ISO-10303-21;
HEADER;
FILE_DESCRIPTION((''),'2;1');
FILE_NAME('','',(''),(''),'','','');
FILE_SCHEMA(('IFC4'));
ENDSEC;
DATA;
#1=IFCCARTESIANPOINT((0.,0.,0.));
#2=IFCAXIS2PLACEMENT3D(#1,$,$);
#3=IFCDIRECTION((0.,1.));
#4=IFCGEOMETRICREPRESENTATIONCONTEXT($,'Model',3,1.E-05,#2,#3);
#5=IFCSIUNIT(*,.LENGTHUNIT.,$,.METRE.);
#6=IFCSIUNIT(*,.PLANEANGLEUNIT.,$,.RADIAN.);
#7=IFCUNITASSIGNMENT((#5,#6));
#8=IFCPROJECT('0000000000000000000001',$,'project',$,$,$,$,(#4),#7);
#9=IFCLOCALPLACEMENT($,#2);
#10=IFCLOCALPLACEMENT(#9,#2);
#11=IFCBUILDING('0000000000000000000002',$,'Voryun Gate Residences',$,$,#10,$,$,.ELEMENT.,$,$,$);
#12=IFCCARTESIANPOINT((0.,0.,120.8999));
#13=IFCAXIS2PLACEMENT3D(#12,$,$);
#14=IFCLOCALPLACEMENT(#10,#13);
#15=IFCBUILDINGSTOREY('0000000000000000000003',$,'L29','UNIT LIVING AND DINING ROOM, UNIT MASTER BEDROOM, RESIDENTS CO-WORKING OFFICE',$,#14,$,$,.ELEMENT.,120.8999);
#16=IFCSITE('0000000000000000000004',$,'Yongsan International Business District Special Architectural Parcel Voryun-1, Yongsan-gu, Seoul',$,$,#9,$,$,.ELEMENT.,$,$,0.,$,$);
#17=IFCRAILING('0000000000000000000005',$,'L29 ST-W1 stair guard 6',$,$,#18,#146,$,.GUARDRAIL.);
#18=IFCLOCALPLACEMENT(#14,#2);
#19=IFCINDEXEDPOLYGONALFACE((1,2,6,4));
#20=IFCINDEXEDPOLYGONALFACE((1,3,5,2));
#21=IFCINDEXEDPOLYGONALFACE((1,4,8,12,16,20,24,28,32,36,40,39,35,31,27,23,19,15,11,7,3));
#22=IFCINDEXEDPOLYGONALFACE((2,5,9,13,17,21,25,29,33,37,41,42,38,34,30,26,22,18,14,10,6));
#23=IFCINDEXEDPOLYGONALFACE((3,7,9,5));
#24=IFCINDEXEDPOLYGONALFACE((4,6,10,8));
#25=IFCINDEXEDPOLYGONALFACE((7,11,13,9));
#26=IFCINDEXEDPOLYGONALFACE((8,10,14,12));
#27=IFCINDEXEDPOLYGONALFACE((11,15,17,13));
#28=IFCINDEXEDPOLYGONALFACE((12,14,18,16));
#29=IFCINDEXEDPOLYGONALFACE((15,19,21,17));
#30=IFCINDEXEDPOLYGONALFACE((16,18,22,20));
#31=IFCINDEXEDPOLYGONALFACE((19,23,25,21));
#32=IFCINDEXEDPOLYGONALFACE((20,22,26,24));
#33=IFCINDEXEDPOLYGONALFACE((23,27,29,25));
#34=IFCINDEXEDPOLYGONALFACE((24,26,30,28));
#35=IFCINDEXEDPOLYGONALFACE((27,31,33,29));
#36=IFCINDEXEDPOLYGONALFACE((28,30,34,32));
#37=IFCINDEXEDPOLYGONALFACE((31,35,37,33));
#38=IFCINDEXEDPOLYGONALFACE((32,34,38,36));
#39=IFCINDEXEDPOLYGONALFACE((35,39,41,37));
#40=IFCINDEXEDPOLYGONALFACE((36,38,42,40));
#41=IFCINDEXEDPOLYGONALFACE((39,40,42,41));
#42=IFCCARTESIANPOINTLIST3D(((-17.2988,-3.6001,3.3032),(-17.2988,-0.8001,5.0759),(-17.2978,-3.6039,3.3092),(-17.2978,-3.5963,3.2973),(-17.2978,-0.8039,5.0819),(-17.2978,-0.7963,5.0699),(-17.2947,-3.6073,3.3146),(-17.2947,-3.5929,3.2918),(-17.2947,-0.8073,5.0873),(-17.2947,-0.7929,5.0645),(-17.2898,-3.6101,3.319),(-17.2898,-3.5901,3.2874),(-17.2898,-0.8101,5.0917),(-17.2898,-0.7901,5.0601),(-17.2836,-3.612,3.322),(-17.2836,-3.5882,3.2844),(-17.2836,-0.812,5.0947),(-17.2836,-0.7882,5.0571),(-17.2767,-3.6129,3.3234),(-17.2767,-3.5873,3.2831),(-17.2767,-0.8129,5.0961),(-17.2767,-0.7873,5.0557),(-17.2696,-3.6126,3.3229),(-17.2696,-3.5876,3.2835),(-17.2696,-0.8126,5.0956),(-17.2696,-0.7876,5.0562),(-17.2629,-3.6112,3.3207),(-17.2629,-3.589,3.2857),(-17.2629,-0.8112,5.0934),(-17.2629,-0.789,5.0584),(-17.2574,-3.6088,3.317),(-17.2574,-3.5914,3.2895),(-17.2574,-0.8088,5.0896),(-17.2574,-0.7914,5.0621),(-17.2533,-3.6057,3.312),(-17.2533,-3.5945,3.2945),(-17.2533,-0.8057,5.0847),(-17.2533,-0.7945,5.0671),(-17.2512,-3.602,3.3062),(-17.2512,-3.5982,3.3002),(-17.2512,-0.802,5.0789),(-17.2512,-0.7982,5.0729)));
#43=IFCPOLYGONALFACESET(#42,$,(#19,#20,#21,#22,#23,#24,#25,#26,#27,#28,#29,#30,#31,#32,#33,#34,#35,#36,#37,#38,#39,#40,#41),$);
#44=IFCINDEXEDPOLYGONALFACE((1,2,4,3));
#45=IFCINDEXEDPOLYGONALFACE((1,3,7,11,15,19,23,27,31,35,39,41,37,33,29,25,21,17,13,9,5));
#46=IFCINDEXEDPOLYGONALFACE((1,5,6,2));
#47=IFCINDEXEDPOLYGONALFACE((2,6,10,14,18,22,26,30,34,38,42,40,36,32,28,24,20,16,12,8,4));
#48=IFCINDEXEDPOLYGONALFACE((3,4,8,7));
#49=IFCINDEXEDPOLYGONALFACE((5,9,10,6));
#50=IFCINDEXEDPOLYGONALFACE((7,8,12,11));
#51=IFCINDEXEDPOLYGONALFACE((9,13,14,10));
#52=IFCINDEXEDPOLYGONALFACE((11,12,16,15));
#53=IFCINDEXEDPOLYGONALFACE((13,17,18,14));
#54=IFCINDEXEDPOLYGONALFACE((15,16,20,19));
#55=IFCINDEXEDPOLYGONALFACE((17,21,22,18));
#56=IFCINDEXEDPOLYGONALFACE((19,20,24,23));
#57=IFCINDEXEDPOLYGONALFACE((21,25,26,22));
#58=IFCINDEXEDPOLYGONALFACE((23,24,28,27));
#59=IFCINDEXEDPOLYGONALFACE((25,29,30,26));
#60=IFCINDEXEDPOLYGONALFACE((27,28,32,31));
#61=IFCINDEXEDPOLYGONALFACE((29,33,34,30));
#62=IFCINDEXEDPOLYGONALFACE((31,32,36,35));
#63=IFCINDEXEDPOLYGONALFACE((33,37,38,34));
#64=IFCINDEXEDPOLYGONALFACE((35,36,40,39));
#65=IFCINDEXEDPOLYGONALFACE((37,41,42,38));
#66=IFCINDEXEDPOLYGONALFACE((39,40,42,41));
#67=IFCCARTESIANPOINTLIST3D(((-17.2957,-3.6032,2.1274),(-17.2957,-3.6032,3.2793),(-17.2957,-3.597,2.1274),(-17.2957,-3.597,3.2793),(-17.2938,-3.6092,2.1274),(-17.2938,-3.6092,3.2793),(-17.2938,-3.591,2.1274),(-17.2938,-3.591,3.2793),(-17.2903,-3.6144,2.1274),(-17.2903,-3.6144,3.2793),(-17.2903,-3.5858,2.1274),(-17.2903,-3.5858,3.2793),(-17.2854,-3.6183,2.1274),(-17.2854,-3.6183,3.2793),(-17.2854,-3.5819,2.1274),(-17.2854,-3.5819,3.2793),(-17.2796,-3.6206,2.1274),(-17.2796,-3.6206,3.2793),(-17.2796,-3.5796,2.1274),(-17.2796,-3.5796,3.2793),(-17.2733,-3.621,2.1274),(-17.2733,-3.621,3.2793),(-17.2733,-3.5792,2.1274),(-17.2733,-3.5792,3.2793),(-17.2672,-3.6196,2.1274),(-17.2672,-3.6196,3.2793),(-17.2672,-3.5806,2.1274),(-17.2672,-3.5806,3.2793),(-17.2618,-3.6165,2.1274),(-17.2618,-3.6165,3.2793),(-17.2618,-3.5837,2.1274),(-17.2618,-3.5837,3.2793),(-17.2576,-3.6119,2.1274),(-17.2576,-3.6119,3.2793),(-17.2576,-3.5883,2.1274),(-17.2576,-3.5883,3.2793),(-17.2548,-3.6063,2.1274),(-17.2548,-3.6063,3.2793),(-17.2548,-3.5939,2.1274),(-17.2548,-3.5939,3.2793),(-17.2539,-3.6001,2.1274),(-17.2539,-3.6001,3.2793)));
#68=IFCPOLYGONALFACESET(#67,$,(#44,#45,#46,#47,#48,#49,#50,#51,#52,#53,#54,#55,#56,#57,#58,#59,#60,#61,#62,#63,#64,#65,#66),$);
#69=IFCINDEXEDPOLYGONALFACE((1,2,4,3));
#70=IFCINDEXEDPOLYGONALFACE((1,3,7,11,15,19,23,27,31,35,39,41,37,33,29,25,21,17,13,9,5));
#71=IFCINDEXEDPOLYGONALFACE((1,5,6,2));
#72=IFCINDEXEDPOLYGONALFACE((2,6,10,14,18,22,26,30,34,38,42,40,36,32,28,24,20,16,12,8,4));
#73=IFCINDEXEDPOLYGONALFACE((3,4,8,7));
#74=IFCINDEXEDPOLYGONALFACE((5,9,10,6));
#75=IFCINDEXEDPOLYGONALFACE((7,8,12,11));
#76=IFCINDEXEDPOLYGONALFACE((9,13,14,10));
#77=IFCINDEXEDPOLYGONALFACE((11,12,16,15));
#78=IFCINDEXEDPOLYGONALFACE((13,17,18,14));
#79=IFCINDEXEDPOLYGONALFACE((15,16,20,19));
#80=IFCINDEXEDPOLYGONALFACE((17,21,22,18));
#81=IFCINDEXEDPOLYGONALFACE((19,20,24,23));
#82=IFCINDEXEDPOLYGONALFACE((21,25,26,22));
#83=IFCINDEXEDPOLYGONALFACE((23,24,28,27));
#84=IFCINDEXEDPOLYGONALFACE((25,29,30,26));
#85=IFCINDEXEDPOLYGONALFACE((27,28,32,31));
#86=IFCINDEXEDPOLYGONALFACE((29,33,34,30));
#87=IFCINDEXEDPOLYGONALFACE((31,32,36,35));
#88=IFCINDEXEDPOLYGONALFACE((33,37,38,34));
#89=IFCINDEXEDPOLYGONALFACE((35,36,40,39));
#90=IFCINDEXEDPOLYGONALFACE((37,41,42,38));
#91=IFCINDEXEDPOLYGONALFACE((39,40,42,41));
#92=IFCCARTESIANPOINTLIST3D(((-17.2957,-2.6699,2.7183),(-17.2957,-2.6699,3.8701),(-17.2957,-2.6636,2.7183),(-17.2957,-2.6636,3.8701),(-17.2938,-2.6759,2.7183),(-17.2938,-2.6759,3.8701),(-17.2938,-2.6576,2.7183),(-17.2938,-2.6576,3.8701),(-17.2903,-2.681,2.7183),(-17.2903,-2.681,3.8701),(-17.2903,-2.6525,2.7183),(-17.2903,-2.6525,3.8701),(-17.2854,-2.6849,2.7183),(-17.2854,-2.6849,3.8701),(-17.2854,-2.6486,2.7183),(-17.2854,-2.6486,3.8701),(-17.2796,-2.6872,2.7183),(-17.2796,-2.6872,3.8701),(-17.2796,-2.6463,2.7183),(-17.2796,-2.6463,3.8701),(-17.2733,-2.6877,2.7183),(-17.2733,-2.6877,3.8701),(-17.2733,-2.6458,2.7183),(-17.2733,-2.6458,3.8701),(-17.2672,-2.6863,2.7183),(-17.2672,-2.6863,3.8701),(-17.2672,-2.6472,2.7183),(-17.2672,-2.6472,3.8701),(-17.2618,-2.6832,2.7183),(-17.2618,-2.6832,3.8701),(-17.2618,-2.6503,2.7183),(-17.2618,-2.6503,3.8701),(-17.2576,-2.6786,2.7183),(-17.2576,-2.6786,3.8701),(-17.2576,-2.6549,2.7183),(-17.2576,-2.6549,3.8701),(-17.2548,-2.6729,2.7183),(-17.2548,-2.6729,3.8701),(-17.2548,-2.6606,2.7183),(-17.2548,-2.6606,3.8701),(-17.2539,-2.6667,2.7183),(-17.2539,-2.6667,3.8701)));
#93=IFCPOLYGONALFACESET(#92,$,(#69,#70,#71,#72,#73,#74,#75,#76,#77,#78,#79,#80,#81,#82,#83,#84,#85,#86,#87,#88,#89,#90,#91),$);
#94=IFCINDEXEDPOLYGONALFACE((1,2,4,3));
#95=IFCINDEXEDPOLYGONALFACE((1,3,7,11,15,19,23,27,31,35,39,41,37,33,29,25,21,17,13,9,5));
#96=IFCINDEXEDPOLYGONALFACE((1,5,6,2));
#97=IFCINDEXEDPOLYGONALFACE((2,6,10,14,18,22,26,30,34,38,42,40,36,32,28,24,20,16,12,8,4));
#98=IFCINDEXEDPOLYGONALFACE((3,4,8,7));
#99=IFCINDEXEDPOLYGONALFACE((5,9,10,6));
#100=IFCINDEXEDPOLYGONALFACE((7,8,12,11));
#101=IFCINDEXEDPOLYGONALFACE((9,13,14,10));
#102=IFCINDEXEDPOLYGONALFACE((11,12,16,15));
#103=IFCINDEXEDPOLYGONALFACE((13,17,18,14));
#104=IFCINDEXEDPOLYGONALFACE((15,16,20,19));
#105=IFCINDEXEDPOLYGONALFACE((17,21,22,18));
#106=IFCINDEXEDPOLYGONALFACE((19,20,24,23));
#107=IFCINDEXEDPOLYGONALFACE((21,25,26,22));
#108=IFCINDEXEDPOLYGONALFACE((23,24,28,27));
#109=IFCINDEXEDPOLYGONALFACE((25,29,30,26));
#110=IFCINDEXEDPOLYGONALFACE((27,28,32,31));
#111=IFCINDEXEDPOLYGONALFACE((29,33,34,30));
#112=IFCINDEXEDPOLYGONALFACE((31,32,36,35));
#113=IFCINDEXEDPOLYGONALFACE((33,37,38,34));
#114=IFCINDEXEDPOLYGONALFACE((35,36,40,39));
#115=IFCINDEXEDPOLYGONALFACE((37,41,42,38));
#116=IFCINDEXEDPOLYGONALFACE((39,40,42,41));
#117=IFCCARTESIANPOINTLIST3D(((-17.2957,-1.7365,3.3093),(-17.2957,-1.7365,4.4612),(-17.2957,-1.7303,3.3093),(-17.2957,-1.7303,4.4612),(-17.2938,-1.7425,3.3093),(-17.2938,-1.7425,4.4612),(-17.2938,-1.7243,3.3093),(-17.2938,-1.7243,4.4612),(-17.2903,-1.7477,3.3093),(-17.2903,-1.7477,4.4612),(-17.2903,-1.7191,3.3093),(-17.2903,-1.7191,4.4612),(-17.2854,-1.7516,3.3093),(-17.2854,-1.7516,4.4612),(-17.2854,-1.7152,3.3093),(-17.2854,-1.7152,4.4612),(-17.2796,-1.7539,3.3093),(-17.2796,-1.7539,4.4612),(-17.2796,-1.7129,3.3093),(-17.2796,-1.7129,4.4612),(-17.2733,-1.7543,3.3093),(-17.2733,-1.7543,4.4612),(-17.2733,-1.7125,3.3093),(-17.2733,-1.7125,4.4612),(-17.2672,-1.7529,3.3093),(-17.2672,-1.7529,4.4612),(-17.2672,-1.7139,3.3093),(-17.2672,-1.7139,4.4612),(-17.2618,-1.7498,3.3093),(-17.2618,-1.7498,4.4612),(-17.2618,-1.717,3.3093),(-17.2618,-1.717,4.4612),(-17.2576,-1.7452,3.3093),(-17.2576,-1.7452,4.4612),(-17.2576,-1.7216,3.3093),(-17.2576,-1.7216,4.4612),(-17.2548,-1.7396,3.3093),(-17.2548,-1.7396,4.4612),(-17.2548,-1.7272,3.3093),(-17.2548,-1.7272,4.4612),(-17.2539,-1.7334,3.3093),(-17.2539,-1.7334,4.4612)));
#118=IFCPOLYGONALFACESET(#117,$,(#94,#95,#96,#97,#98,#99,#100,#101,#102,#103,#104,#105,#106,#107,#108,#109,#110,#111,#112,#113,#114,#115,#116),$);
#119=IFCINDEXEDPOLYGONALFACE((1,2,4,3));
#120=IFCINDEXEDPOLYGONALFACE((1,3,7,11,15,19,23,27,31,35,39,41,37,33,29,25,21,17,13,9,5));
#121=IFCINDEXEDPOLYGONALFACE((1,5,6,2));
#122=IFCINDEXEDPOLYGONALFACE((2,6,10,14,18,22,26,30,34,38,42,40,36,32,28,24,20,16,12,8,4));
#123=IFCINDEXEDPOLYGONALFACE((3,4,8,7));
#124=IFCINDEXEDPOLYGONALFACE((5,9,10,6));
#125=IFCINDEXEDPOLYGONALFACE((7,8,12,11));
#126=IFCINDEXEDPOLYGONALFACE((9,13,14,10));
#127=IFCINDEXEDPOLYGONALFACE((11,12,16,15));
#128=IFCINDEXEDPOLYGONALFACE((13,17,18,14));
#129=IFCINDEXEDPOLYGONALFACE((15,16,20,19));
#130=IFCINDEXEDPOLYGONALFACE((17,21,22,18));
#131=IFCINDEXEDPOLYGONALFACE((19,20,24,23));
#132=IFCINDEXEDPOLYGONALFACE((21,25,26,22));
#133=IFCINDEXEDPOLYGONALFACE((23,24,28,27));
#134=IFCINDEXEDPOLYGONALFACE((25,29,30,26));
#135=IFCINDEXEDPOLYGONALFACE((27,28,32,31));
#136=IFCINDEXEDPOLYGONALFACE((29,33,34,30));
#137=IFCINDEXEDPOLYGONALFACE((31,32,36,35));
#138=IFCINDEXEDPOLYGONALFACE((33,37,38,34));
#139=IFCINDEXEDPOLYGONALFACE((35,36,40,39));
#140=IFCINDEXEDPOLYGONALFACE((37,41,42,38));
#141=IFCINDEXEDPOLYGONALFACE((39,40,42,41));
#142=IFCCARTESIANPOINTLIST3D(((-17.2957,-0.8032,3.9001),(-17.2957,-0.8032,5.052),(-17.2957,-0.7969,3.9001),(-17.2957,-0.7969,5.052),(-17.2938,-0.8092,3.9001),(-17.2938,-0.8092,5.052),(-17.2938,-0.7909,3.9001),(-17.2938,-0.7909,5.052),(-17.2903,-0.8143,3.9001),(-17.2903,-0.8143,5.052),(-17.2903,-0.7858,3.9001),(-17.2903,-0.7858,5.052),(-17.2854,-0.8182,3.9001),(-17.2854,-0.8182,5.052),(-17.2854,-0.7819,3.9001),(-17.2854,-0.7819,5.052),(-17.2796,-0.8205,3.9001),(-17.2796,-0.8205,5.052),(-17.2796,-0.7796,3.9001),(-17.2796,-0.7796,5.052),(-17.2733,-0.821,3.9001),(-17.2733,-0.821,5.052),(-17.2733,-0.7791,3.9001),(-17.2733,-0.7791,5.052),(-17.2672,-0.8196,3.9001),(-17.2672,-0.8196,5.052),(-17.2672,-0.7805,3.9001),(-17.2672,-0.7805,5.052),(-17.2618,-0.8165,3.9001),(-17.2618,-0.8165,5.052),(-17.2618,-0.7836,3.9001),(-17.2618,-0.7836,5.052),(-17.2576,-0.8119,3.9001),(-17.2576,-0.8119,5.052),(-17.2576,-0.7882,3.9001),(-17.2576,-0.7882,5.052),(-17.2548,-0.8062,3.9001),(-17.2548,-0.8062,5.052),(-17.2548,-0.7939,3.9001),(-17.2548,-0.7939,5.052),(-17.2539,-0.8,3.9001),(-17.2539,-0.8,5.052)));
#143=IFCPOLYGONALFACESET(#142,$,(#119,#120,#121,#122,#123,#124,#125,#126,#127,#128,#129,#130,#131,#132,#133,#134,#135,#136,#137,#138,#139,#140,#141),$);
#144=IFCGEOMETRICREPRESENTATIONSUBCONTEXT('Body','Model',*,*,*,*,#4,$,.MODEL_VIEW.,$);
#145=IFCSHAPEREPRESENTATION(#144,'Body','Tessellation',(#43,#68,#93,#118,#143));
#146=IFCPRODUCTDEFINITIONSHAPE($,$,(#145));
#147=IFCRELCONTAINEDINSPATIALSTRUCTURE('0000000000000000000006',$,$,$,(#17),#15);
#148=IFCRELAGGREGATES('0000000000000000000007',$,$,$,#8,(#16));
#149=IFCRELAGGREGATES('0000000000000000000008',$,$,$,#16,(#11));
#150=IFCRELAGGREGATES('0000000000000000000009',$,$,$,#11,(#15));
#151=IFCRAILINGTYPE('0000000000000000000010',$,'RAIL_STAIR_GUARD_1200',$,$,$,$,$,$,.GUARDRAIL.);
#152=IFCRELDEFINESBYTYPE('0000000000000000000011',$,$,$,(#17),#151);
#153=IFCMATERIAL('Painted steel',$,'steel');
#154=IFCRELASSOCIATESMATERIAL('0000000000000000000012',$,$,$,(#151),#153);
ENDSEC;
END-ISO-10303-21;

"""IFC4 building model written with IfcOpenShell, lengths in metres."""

from ifc_helpers import new_model, si_unit, direction, frame, origin, origin_2d, place, context, subcontext, project, spatial, circle, extrude, material, type_object, element, save


model = new_model("IFC4")

# Units and contexts
model_context = context("Model", 3, precision=1e-05, world=origin(), true_north=direction((0.0, 1.0)))
body_context = subcontext(model_context, "Body", "Model", "MODEL_VIEW")
ifc_project = project(units=[si_unit("LENGTHUNIT", "METRE"), si_unit("PLANEANGLEUNIT", "RADIAN")], contexts=[model_context])

# Site, building, storey
site_placement = place(None, origin())
site = spatial("IfcSite", under=ifc_project, at=site_placement, Name="Yongsan International Business District Special Architectural Parcel Voryun-1, Yongsan-gu, Seoul", CompositionType="ELEMENT", RefElevation=0.0)
building_placement = place(site_placement, origin())
building = spatial("IfcBuilding", under=site, at=building_placement, Name="Voryun Gate Residences", CompositionType="ELEMENT")
storey_placement = place(building_placement, frame((0.0, 0.0, 120.8999)))
storey = spatial("IfcBuildingStorey", under=building, at=storey_placement, Name="L29", Description="UNIT LIVING AND DINING ROOM, UNIT MASTER BEDROOM, RESIDENTS CO-WORKING OFFICE", CompositionType="ELEMENT", Elevation=120.8999)

# Railing
ifc_material_1 = material(Name="Painted steel", Category="steel")
railing_type_1 = type_object("IfcRailingType", Name="RAIL_STAIR_GUARD_1200", PredefinedType="GUARDRAIL", material=ifc_material_1)
railing_1_placement = place(storey_placement, frame((-17.2749, -3.6001, 2.1274)))
element("IfcRailing", 1, at=railing_1_placement, inside=storey, type_object=railing_type_1, Name="L29 ST-W1 stair guard 6", PredefinedType="GUARDRAIL", context=body_context, shape_type="SweptSolid", body=[
    extrude(circle(Radius=0.0239, at=origin_2d()), frame((0.0, 0.0, 1.1758), z_axis=(0.0, 0.844909, 0.53491), x_axis=(-1.0, 0.0, 0.0)), (0.0, 0.0, 1.0), 3.314),
    extrude(circle(Radius=0.021, at=origin_2d()), origin(), (0.0, 0.0, 1.0), 1.1519),
    extrude(circle(Radius=0.021, at=origin_2d()), frame((0.0, 0.9333, 0.5908)), (0.0, 0.0, 1.0), 1.1519),
    extrude(circle(Radius=0.021, at=origin_2d()), frame((0.0, 1.8667, 1.1819)), (0.0, 0.0, 1.0), 1.1519),
    extrude(circle(Radius=0.021, at=origin_2d()), frame((0.0, 2.8, 1.7727)), (0.0, 0.0, 1.0), 1.1519),
])

save(model, "model.ifc")
